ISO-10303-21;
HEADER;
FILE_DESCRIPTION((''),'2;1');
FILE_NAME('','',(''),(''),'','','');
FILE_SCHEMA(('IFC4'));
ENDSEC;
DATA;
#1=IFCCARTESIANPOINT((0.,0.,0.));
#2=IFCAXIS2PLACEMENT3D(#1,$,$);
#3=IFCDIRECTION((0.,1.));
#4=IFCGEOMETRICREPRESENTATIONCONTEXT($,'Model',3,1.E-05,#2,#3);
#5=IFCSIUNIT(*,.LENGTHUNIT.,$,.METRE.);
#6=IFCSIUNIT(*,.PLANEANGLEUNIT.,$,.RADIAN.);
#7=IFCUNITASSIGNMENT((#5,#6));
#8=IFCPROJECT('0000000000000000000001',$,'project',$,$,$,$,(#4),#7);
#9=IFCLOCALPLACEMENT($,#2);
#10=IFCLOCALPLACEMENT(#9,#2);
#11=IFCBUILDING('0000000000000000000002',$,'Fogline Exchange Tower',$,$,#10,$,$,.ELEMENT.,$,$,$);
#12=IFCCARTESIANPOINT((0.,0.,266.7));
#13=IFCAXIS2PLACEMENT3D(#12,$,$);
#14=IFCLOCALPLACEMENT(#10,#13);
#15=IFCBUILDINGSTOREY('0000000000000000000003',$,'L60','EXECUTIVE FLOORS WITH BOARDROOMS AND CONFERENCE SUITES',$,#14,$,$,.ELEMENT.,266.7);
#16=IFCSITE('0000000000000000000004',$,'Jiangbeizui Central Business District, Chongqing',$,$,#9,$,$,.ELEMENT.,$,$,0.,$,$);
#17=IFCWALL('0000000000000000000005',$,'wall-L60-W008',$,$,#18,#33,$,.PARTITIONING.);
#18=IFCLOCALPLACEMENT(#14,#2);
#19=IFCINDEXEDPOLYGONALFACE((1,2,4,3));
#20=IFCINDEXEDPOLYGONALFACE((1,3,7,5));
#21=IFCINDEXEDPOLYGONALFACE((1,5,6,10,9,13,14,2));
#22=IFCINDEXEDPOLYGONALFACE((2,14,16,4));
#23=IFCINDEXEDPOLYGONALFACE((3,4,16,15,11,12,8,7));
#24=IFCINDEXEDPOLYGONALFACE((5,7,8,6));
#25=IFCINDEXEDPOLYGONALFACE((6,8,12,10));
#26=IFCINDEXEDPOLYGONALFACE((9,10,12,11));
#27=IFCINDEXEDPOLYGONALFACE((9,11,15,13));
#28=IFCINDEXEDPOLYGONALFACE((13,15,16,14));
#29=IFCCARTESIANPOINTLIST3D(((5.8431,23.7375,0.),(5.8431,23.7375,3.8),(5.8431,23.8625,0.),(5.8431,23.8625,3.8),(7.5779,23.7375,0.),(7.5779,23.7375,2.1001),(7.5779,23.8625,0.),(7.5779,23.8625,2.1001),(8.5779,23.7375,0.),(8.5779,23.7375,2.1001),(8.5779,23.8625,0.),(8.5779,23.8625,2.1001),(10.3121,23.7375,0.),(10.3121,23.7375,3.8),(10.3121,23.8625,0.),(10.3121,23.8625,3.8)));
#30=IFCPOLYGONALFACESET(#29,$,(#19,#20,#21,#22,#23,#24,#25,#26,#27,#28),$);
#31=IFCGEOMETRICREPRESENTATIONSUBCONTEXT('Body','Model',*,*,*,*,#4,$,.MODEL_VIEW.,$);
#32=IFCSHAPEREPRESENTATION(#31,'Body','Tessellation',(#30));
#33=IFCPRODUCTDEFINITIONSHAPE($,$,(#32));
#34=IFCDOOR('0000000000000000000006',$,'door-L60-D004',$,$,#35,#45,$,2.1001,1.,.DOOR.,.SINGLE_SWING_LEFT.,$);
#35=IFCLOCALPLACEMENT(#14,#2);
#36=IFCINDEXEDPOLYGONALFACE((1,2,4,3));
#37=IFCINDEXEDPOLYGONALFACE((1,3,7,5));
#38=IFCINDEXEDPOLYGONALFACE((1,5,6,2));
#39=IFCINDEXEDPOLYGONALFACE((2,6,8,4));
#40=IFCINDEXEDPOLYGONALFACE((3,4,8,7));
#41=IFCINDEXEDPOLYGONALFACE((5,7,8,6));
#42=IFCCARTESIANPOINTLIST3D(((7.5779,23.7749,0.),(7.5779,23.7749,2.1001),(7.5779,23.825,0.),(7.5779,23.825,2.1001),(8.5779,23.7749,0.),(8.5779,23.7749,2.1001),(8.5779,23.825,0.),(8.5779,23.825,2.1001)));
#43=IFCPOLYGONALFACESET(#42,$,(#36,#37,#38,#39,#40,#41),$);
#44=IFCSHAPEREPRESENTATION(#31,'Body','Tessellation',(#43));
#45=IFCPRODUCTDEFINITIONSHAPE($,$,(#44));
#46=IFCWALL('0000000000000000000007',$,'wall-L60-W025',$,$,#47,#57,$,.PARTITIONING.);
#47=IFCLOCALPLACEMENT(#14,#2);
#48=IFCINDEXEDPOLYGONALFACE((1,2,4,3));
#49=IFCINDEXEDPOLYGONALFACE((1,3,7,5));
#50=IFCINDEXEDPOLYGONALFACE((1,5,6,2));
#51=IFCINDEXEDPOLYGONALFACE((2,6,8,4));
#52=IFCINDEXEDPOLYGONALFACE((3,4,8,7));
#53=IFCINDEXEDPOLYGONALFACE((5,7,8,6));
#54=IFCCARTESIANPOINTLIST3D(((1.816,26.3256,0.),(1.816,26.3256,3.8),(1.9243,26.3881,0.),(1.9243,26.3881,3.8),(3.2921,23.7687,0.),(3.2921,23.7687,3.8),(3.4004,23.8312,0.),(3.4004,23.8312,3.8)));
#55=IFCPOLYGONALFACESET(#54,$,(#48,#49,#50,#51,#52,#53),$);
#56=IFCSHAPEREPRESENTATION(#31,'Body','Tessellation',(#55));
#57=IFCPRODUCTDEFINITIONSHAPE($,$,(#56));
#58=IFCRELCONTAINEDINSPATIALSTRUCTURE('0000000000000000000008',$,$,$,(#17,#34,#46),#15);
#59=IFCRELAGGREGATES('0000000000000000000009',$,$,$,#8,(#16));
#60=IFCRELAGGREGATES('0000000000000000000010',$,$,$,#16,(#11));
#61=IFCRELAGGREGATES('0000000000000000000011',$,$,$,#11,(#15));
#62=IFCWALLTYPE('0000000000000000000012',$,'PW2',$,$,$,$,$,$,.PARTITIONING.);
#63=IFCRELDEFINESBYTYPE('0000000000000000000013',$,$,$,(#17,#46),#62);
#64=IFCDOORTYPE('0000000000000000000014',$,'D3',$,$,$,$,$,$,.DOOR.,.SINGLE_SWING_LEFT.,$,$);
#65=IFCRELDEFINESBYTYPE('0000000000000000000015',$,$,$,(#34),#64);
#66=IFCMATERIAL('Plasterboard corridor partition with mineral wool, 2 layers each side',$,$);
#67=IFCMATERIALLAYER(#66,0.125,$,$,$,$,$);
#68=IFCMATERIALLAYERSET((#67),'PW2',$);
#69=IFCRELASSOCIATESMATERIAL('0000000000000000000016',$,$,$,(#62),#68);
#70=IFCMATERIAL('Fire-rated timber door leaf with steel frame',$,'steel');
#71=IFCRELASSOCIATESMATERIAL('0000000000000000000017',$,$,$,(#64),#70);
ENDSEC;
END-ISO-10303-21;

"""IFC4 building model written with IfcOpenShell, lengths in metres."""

from ifc_helpers import new_model, si_unit, direction, frame, frame_2d, origin, place, context, subcontext, project, spatial, rectangle, extrude, material, layer, layer_set, type_object, element, fill, save


model = new_model("IFC4")

# Units and contexts
model_context = context("Model", 3, precision=1e-05, world=origin(), true_north=direction((0.0, 1.0)))
body_context = subcontext(model_context, "Body", "Model", "MODEL_VIEW")
ifc_project = project(units=[si_unit("LENGTHUNIT", "METRE"), si_unit("PLANEANGLEUNIT", "RADIAN")], contexts=[model_context])

# Site, building, storey
site_placement = place(None, origin())
site = spatial("IfcSite", under=ifc_project, at=site_placement, Name="Jiangbeizui Central Business District, Chongqing", CompositionType="ELEMENT", RefElevation=0.0)
building_placement = place(site_placement, origin())
building = spatial("IfcBuilding", under=site, at=building_placement, Name="Fogline Exchange Tower", CompositionType="ELEMENT")
storey_placement = place(building_placement, frame((0.0, 0.0, 266.7)))
storey = spatial("IfcBuildingStorey", under=building, at=storey_placement, Name="L60", Description="EXECUTIVE FLOORS WITH BOARDROOMS AND CONFERENCE SUITES", CompositionType="ELEMENT", Elevation=266.7)

# Shared definitions
ifc_material_1 = material(Name="Plasterboard corridor partition with mineral wool, 2 layers each side")
ifc_layer_1 = layer(ifc_material_1, 0.125)
ifc_layer_set_1 = layer_set([ifc_layer_1], Name="PW2")
wall_type_1 = type_object("IfcWallType", Name="PW2", PredefinedType="PARTITIONING", material=ifc_layer_set_1)

# Wall, opening, door
wall_1_placement = place(storey_placement, frame((5.8433, 23.8, 0.0), z_axis=(0.0, 0.0, 1.0), x_axis=(1.0, 0.0, 0.0)))
wall_1 = element("IfcWall", 1, at=wall_1_placement, inside=storey, type_object=wall_type_1, Name="wall-L60-W008", PredefinedType="PARTITIONING", context=body_context, shape_type="SweptSolid", body=[
    extrude(rectangle(XDim=4.469, YDim=0.125, at=frame_2d((2.2344, 0.0))), origin(), (0.0, 0.0, 1.0), 3.8),
])
opening_1_placement = place(wall_1_placement, frame((1.7346, 0.0, 0.0)))
opening_1 = element("IfcOpeningElement", 2, at=opening_1_placement, cuts=wall_1, PredefinedType="OPENING", context=body_context, shape_type="SweptSolid", body=[
    extrude(rectangle(XDim=1.0, YDim=2.1001, at=frame_2d((0.5, 1.05))), frame((0.0, 0.0725, 0.0), z_axis=(0.0, -1.0, 0.0), x_axis=(1.0, 0.0, 0.0)), (0.0, 0.0, 1.0), 0.145),
])
ifc_material_2 = material(Name="Fire-rated timber door leaf with steel frame", Category="steel")
door_type_1 = type_object("IfcDoorType", Name="D3", OperationType="SINGLE_SWING_LEFT", PredefinedType="DOOR", material=ifc_material_2)
door_1_placement = place(opening_1_placement, origin())
door_1 = element("IfcDoor", 3, at=door_1_placement, inside=storey, type_object=door_type_1, Name="door-L60-D004", OperationType="SINGLE_SWING_LEFT", OverallHeight=2.1001, OverallWidth=1.0, PredefinedType="DOOR", context=body_context, shape_type="SweptSolid", body=[
    extrude(rectangle(XDim=1.0, YDim=2.1001, at=frame_2d((0.5, 1.05))), frame((0.0, 0.0249, 0.0), z_axis=(0.0, -1.0, 0.0), x_axis=(1.0, 0.0, 0.0)), (0.0, 0.0, 1.0), 0.05),
])
fill(opening_1, door_1)

# Wall
wall_2_placement = place(storey_placement, frame((3.3462, 23.8, 0.0), z_axis=(0.0, 0.0, 1.0), x_axis=(-0.499963, 0.866047, 0.0)))
element("IfcWall", 4, at=wall_2_placement, inside=storey, type_object=wall_type_1, Name="wall-L60-W025", PredefinedType="PARTITIONING", context=body_context, shape_type="SweptSolid", body=[
    extrude(rectangle(XDim=2.9524, YDim=0.125, at=frame_2d((1.4761, 0.0))), origin(), (0.0, 0.0, 1.0), 3.8),
])

save(model, "model.ifc")
